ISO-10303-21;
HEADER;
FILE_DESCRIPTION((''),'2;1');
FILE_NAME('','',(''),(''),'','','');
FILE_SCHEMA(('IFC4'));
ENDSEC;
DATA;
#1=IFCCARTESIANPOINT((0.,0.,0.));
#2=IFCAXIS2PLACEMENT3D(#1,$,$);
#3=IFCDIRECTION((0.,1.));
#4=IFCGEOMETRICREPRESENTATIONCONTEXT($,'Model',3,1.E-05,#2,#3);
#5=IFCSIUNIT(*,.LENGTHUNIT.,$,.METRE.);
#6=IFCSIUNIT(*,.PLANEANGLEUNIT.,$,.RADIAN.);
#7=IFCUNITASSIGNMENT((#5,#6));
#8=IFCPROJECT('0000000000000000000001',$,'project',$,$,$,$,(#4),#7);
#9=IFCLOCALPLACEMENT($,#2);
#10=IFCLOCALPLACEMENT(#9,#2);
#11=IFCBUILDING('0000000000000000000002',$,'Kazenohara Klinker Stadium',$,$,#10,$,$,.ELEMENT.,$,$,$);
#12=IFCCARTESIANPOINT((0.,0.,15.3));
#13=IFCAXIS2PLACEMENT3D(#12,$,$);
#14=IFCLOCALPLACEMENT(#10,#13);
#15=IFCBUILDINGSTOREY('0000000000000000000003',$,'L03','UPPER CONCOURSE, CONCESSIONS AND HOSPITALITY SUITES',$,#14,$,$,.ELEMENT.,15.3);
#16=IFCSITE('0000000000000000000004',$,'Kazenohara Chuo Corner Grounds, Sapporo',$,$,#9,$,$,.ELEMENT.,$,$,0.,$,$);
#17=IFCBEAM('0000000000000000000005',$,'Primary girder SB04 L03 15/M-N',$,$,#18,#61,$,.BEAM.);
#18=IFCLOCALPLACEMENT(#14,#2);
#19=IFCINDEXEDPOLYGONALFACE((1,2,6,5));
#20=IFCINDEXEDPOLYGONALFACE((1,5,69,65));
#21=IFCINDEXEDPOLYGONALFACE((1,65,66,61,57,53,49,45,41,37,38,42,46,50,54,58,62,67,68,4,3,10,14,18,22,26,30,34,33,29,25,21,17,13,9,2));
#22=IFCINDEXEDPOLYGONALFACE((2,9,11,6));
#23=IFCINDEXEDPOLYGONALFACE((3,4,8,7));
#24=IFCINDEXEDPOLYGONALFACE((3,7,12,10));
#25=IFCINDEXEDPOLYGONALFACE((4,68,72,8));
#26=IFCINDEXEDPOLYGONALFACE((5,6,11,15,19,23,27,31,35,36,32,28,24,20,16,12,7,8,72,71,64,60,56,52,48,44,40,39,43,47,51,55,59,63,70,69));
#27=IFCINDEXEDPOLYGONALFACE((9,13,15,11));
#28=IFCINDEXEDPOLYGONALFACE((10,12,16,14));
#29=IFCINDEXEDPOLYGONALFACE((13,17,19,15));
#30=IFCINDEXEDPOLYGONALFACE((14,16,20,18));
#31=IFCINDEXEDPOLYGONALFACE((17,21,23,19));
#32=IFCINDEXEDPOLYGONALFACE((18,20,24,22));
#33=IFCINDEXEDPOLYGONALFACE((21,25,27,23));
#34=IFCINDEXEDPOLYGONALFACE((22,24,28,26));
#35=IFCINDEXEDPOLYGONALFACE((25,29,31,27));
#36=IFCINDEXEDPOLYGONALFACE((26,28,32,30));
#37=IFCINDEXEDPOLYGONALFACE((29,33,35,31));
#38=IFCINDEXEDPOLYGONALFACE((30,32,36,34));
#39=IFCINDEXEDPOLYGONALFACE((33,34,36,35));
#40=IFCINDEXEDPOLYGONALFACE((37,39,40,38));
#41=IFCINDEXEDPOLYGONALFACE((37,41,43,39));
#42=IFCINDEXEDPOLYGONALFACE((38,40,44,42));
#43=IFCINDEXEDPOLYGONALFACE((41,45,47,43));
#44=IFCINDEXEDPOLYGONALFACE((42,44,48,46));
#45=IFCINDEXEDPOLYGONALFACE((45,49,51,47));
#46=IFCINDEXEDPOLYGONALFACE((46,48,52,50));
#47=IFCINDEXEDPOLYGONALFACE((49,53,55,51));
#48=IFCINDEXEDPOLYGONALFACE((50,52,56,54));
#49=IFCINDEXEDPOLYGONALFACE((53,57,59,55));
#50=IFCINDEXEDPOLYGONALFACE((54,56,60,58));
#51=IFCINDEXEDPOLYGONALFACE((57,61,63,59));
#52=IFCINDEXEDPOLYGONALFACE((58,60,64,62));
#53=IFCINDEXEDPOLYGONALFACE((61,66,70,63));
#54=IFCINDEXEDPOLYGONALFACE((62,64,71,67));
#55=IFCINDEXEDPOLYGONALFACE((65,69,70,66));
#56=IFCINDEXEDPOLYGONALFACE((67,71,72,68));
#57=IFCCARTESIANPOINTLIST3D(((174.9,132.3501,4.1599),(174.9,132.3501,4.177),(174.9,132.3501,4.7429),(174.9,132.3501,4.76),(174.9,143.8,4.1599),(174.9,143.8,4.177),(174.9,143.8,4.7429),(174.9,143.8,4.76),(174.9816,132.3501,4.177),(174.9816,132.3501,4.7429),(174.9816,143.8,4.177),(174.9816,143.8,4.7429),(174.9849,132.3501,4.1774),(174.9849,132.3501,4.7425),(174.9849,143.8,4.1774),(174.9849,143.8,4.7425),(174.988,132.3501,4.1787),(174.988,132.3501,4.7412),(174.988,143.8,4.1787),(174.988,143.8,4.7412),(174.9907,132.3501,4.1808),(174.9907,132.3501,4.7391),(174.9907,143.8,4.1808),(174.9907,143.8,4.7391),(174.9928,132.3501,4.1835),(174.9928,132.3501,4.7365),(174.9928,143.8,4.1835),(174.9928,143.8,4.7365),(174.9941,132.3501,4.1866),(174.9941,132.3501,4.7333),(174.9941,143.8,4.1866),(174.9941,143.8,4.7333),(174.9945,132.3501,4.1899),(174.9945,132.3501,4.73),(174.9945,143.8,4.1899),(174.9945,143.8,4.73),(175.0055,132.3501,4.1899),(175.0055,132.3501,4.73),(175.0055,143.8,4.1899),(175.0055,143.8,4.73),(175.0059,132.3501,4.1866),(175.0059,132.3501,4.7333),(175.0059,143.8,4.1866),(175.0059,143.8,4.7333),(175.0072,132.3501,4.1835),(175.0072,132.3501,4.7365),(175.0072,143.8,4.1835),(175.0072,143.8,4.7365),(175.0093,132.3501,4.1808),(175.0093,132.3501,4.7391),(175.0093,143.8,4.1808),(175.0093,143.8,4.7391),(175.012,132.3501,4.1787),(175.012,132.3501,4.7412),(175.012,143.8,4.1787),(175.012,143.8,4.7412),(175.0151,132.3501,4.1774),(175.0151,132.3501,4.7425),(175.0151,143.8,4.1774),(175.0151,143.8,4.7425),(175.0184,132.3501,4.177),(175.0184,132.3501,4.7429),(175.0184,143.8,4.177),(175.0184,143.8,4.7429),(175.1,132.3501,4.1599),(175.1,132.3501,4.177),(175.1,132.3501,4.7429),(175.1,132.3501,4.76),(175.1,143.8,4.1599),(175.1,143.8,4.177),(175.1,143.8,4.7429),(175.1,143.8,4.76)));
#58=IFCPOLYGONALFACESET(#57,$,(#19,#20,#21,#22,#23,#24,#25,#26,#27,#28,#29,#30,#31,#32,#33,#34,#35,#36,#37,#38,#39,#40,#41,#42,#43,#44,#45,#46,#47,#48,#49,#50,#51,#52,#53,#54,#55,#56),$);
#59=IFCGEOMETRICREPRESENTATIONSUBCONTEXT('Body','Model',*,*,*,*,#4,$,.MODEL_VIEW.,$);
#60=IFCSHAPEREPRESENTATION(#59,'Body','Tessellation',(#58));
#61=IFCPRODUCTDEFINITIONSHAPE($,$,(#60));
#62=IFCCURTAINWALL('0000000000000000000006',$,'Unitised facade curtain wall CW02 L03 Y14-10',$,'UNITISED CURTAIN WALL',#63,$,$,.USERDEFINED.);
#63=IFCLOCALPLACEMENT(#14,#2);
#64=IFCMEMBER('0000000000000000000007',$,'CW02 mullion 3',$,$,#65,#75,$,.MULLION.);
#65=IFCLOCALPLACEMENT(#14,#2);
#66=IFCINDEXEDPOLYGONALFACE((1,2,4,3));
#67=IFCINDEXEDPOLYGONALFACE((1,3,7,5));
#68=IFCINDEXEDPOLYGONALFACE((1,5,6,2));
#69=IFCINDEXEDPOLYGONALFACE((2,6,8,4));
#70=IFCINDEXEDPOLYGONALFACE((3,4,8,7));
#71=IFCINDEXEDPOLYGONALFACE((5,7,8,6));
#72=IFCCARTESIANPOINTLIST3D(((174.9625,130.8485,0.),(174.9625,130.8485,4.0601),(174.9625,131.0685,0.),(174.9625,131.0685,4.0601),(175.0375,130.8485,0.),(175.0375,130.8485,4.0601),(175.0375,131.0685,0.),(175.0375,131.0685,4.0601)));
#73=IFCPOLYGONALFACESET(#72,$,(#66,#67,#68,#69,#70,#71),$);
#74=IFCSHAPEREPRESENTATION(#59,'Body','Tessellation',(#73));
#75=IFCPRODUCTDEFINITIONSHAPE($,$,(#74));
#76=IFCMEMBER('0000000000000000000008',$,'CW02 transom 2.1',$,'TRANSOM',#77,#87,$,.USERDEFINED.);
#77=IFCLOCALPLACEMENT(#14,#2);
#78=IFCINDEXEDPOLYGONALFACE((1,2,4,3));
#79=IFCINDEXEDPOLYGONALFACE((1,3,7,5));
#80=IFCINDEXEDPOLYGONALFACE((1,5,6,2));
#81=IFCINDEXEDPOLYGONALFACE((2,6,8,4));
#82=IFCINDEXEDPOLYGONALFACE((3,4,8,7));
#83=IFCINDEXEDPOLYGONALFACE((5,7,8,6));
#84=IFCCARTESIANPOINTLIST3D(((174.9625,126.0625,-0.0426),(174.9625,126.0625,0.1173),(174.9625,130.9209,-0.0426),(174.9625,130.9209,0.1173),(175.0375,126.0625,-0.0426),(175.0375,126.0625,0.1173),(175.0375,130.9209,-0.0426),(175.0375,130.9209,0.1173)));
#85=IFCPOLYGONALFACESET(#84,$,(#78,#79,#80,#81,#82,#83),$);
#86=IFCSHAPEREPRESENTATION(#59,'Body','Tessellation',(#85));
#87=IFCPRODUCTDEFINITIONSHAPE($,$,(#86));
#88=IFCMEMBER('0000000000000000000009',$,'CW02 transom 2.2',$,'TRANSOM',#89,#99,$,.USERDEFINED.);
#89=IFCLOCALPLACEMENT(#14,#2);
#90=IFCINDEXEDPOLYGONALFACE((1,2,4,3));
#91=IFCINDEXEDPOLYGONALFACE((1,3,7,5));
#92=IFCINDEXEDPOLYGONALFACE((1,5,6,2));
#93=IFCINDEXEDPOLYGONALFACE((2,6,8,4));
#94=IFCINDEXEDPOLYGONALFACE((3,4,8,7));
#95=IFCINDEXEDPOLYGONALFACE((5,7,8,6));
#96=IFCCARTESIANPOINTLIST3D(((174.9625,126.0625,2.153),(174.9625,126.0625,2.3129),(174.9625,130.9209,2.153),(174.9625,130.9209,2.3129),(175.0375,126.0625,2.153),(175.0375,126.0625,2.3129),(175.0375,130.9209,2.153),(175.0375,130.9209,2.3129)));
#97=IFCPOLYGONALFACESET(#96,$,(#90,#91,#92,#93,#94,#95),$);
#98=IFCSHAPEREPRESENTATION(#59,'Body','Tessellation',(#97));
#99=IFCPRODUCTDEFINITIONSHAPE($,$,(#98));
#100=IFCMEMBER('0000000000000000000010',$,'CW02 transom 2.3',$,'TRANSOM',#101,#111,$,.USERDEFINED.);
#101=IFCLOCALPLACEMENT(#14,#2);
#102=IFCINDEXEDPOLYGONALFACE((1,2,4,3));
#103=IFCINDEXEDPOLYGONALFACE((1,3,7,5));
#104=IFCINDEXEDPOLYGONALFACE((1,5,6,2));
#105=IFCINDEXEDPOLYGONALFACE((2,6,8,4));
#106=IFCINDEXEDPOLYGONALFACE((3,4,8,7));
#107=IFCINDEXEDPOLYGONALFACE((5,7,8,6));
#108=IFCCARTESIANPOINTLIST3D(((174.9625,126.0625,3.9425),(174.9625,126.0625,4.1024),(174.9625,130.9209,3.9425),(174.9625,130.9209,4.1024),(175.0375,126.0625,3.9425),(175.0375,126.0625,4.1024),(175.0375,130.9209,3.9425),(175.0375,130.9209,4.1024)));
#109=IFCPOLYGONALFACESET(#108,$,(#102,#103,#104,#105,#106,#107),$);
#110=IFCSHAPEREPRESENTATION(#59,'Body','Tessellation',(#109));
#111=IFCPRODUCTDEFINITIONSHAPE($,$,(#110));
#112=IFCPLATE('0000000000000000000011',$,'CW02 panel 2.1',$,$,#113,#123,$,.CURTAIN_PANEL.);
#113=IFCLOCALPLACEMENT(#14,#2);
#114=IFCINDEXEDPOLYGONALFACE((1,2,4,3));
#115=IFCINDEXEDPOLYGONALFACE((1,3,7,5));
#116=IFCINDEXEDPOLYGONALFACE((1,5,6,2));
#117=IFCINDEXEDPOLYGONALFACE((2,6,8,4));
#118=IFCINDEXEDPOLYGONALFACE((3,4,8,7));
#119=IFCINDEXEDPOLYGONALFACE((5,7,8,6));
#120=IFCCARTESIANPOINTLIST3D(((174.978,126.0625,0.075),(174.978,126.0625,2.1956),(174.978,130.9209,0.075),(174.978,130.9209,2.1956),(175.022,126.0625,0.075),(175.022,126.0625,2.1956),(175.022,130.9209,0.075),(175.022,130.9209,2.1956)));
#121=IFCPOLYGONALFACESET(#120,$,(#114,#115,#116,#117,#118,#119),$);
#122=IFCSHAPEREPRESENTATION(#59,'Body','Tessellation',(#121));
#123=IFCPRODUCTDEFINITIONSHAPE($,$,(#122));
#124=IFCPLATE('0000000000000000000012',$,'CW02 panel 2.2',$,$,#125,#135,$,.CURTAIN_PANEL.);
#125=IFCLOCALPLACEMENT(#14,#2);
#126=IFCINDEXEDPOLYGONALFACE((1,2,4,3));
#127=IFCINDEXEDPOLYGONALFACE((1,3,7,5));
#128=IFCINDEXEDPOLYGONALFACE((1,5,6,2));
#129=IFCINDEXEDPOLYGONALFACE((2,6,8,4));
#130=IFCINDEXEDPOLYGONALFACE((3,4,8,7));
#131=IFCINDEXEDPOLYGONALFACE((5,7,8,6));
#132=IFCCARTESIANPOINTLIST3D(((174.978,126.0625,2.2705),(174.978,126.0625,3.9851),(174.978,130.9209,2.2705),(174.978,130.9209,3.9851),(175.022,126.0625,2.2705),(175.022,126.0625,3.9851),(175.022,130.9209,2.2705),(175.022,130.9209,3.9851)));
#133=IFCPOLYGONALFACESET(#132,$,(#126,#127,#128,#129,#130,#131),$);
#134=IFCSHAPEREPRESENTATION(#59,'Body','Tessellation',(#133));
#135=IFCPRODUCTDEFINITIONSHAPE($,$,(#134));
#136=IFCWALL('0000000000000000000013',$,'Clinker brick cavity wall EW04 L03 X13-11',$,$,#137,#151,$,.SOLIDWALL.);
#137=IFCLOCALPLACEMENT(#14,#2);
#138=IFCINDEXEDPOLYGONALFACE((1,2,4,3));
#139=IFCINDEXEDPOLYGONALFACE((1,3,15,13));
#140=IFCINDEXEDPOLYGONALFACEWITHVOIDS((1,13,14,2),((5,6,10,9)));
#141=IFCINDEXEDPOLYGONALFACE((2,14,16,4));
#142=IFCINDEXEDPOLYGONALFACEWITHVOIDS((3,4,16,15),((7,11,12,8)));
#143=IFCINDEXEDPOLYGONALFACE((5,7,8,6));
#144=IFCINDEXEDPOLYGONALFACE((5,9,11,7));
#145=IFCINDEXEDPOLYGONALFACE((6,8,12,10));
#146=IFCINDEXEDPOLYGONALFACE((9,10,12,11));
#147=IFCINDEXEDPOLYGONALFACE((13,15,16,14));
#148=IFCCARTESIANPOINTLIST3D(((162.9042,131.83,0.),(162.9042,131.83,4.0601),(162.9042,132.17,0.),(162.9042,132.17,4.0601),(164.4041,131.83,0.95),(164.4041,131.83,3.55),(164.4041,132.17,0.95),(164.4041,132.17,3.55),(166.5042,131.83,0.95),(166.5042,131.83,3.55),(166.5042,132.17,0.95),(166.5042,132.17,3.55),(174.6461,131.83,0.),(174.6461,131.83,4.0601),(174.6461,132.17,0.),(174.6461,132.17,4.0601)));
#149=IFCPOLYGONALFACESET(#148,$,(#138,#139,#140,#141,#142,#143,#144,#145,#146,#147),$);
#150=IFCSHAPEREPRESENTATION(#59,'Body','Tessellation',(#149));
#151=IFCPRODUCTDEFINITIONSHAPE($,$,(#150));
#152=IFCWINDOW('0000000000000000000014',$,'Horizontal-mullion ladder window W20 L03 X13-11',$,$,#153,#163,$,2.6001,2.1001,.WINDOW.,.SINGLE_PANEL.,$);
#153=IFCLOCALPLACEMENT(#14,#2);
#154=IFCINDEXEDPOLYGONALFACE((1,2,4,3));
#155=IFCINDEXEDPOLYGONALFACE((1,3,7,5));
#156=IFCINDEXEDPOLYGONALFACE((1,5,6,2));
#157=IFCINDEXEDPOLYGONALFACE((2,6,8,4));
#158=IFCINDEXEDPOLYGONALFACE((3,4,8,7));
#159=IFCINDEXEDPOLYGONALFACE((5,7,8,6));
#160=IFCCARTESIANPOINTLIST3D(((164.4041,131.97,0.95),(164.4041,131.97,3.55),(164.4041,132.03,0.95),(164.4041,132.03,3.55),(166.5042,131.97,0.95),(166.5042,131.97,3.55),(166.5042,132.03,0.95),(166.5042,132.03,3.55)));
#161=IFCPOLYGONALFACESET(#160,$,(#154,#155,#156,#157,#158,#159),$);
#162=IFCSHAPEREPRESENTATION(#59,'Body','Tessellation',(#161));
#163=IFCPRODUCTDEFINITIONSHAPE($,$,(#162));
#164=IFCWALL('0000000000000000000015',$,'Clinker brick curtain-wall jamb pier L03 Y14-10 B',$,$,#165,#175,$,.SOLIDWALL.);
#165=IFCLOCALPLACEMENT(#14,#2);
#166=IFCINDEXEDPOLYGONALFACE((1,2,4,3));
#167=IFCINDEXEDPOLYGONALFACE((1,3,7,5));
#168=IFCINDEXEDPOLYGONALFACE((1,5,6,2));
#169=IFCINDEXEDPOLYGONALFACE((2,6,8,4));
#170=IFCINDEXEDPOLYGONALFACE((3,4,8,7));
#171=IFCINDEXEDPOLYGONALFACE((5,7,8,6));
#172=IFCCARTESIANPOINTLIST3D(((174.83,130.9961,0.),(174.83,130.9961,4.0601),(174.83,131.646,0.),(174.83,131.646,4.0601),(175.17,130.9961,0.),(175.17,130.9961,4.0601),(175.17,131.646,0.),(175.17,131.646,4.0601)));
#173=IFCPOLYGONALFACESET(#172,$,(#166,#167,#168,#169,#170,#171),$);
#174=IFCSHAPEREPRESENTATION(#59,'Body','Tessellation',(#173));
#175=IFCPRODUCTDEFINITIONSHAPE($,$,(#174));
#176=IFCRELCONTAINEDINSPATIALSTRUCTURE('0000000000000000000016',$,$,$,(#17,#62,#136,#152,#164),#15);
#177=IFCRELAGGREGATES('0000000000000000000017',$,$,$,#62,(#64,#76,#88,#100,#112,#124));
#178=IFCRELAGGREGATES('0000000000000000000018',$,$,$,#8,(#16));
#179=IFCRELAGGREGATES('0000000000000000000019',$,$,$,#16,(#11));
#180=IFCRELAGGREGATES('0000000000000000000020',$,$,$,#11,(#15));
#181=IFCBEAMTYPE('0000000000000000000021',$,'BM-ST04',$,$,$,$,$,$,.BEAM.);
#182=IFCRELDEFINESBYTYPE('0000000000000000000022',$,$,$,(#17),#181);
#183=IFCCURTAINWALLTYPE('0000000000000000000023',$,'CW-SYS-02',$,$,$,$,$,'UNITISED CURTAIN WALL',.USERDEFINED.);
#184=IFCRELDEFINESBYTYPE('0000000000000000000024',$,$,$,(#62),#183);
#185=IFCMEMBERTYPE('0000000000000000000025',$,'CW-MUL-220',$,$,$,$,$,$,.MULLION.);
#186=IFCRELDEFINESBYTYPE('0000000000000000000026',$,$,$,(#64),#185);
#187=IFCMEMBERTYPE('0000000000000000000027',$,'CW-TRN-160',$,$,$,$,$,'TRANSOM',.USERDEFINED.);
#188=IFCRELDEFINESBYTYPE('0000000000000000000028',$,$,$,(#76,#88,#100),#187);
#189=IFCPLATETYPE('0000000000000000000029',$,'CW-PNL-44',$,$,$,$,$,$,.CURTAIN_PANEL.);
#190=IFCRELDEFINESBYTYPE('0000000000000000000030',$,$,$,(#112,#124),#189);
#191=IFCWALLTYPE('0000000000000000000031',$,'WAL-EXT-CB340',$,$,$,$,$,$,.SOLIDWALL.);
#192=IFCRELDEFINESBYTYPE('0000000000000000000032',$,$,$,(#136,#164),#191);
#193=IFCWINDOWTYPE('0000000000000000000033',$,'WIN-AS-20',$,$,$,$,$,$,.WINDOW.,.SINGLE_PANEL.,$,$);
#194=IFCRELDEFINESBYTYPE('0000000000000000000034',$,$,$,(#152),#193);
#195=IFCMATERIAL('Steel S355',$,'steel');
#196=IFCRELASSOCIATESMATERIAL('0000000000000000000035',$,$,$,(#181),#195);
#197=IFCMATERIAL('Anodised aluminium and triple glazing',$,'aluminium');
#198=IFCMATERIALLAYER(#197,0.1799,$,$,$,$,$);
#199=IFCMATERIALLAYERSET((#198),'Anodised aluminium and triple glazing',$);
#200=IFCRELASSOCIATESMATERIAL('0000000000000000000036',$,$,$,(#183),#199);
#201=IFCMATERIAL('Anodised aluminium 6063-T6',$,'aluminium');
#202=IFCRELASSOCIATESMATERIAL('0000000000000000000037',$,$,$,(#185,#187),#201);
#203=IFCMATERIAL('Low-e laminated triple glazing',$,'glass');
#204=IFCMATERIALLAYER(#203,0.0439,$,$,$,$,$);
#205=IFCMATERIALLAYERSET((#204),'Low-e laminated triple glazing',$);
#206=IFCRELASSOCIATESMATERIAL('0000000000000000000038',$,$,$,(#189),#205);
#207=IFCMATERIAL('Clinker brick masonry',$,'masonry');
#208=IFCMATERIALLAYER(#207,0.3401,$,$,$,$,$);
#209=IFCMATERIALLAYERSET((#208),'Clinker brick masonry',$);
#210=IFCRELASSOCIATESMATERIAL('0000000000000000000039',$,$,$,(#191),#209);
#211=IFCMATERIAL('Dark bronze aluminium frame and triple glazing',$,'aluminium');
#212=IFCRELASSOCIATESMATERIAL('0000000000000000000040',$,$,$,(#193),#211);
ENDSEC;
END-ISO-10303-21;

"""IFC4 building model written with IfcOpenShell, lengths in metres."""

from ifc_helpers import new_model, si_unit, direction, frame, frame_2d, origin, origin_2d, place, context, subcontext, project, spatial, rectangle, i_section, extrude, material, layer, layer_set, material_profile, profile_set, type_object, element, fill, aggregate, save


model = new_model("IFC4")

# Units and contexts
model_context = context("Model", 3, precision=1e-05, world=origin(), true_north=direction((0.0, 1.0)))
body_context = subcontext(model_context, "Body", "Model", "MODEL_VIEW")
ifc_project = project(units=[si_unit("LENGTHUNIT", "METRE"), si_unit("PLANEANGLEUNIT", "RADIAN")], contexts=[model_context])

# Site, building, storey
site_placement = place(None, origin())
site = spatial("IfcSite", under=ifc_project, at=site_placement, Name="Kazenohara Chuo Corner Grounds, Sapporo", CompositionType="ELEMENT", RefElevation=0.0)
building_placement = place(site_placement, origin())
building = spatial("IfcBuilding", under=site, at=building_placement, Name="Kazenohara Klinker Stadium", CompositionType="ELEMENT")
storey_placement = place(building_placement, frame((0.0, 0.0, 15.3)))
storey = spatial("IfcBuildingStorey", under=building, at=storey_placement, Name="L03", Description="UPPER CONCOURSE, CONCESSIONS AND HOSPITALITY SUITES", CompositionType="ELEMENT", Elevation=15.3)

# Beam
ifc_material_1 = material(Name="Steel S355", Category="steel")
ifc_material_profile_1 = material_profile(ifc_material_1, i_section(OverallWidth=0.2, OverallDepth=0.6001, WebThickness=0.011, FlangeThickness=0.0171, FilletRadius=0.0129, at=origin_2d()), Name="H-600x200x11x17")
ifc_profile_set_1 = profile_set([ifc_material_profile_1], Name="Steel S355")
beam_type_1 = type_object("IfcBeamType", Name="BM-ST04", PredefinedType="BEAM", material=ifc_profile_set_1)
beam_1_placement = place(storey_placement, frame((175.0, 132.3501, 4.46), z_axis=(0.0, 1.0, 0.0), x_axis=(-1.0, 0.0, 0.0)))
element("IfcBeam", 1, at=beam_1_placement, inside=storey, type_object=beam_type_1, Name="Primary girder SB04 L03 15/M-N", PredefinedType="BEAM", context=body_context, shape_type="SweptSolid", body=[
    extrude(i_section(OverallWidth=0.2, OverallDepth=0.6001, WebThickness=0.011, FlangeThickness=0.0171, FilletRadius=0.0129, at=origin_2d()), origin(), (0.0, 0.0, 1.0), 11.45),
])

# Curtain wall, members, plates
ifc_material_2 = material(Name="Anodised aluminium and triple glazing", Category="aluminium")
ifc_layer_1 = layer(ifc_material_2, 0.1799)
ifc_layer_set_1 = layer_set([ifc_layer_1], Name="Anodised aluminium and triple glazing")
curtain_wall_type = type_object("IfcCurtainWallType", Name="CW-SYS-02", ElementType="UNITISED CURTAIN WALL", PredefinedType="USERDEFINED", material=ifc_layer_set_1)
curtain_wall_placement = place(storey_placement, origin())
curtain_wall = element("IfcCurtainWall", 2, at=curtain_wall_placement, inside=storey, type_object=curtain_wall_type, Name="Unitised facade curtain wall CW02 L03 Y14-10", ObjectType="UNITISED CURTAIN WALL", PredefinedType="USERDEFINED")
ifc_material_3 = material(Name="Anodised aluminium 6063-T6", Category="aluminium")
ifc_material_profile_2 = material_profile(ifc_material_3, rectangle(XDim=0.075, YDim=0.22, at=origin_2d()), Name="ALU-MUL-75x220")
ifc_profile_set_2 = profile_set([ifc_material_profile_2], Name="Anodised aluminium 6063-T6")
member_type_1 = type_object("IfcMemberType", Name="CW-MUL-220", PredefinedType="MULLION", material=ifc_profile_set_2)
member_1_placement = place(storey_placement, frame((175.0, 130.9585, 0.0), z_axis=(0.0, 0.0, 1.0), x_axis=(-1.0, 0.0, 0.0)))
member_1 = element("IfcMember", 3, at=member_1_placement, type_object=member_type_1, Name="CW02 mullion 3", PredefinedType="MULLION", context=body_context, shape_type="SweptSolid", body=[
    extrude(rectangle(XDim=0.075, YDim=0.22, at=origin_2d()), origin(), (0.0, 0.0, 1.0), 4.0601),
])
ifc_material_profile_3 = material_profile(ifc_material_3, rectangle(XDim=0.075, YDim=0.1599, at=origin_2d()), Name="ALU-TRN-75x160")
ifc_profile_set_3 = profile_set([ifc_material_profile_3], Name="Anodised aluminium 6063-T6")
member_type_2 = type_object("IfcMemberType", Name="CW-TRN-160", ElementType="TRANSOM", PredefinedType="USERDEFINED", material=ifc_profile_set_3)
member_2_placement = place(storey_placement, frame((175.0, 126.0625, 0.0374), z_axis=(0.0, 1.0, 0.0), x_axis=(-1.0, 0.0, 0.0)))
member_2 = element("IfcMember", 4, at=member_2_placement, type_object=member_type_2, Name="CW02 transom 2.1", ObjectType="TRANSOM", PredefinedType="USERDEFINED", context=body_context, shape_type="SweptSolid", body=[
    extrude(rectangle(XDim=0.075, YDim=0.1599, at=origin_2d()), origin(), (0.0, 0.0, 1.0), 4.8584),
])
member_3_placement = place(storey_placement, frame((175.0, 126.0625, 2.2329), z_axis=(0.0, 1.0, 0.0), x_axis=(-1.0, 0.0, 0.0)))
member_3 = element("IfcMember", 5, at=member_3_placement, type_object=member_type_2, Name="CW02 transom 2.2", ObjectType="TRANSOM", PredefinedType="USERDEFINED", context=body_context, shape_type="SweptSolid", body=[
    extrude(rectangle(XDim=0.075, YDim=0.1599, at=origin_2d()), origin(), (0.0, 0.0, 1.0), 4.8584),
])
member_4_placement = place(storey_placement, frame((175.0, 126.0625, 4.0225), z_axis=(0.0, 1.0, 0.0), x_axis=(-1.0, 0.0, 0.0)))
member_4 = element("IfcMember", 6, at=member_4_placement, type_object=member_type_2, Name="CW02 transom 2.3", ObjectType="TRANSOM", PredefinedType="USERDEFINED", context=body_context, shape_type="SweptSolid", body=[
    extrude(rectangle(XDim=0.075, YDim=0.1599, at=origin_2d()), origin(), (0.0, 0.0, 1.0), 4.8584),
])
ifc_material_4 = material(Name="Low-e laminated triple glazing", Category="glass")
ifc_layer_2 = layer(ifc_material_4, 0.0439)
ifc_layer_set_2 = layer_set([ifc_layer_2], Name="Low-e laminated triple glazing")
plate_type = type_object("IfcPlateType", Name="CW-PNL-44", PredefinedType="CURTAIN_PANEL", material=ifc_layer_set_2)
plate_1_placement = place(storey_placement, frame((175.0, 128.4917, 0.075), z_axis=(0.0, 0.0, 1.0), x_axis=(0.0, 1.0, 0.0)))
plate_1 = element("IfcPlate", 7, at=plate_1_placement, type_object=plate_type, Name="CW02 panel 2.1", PredefinedType="CURTAIN_PANEL", context=body_context, shape_type="SweptSolid", body=[
    extrude(rectangle(XDim=4.8584, YDim=0.0439, at=origin_2d()), origin(), (0.0, 0.0, 1.0), 2.1206),
])
plate_2_placement = place(storey_placement, frame((175.0, 128.4917, 2.2705), z_axis=(0.0, 0.0, 1.0), x_axis=(0.0, 1.0, 0.0)))
plate_2 = element("IfcPlate", 8, at=plate_2_placement, type_object=plate_type, Name="CW02 panel 2.2", PredefinedType="CURTAIN_PANEL", context=body_context, shape_type="SweptSolid", body=[
    extrude(rectangle(XDim=4.8584, YDim=0.0439, at=origin_2d()), origin(), (0.0, 0.0, 1.0), 1.7146),
])
aggregate(curtain_wall, [member_1, member_2, member_3, member_4, plate_1, plate_2])

# Wall, opening, window
ifc_material_5 = material(Name="Clinker brick masonry", Category="masonry")
ifc_layer_3 = layer(ifc_material_5, 0.3401)
ifc_layer_set_3 = layer_set([ifc_layer_3], Name="Clinker brick masonry")
wall_type_1 = type_object("IfcWallType", Name="WAL-EXT-CB340", PredefinedType="SOLIDWALL", material=ifc_layer_set_3)
wall_1_placement = place(storey_placement, frame((162.9041, 132.0, 0.0), z_axis=(0.0, 0.0, 1.0), x_axis=(1.0, 0.0, 0.0)))
wall_1 = element("IfcWall", 9, at=wall_1_placement, inside=storey, type_object=wall_type_1, Name="Clinker brick cavity wall EW04 L03 X13-11", PredefinedType="SOLIDWALL", context=body_context, shape_type="SweptSolid", body=[
    extrude(rectangle(XDim=11.7419, YDim=0.3401, at=frame_2d((5.8711, 0.0))), origin(), (0.0, 0.0, 1.0), 4.0601),
])
opening_1_placement = place(wall_1_placement, frame((1.5, 0.0, 0.95)))
opening_1 = element("IfcOpeningElement", 10, at=opening_1_placement, cuts=wall_1, PredefinedType="OPENING", context=body_context, shape_type="SweptSolid", body=[
    extrude(rectangle(XDim=2.1001, YDim=2.6001, at=frame_2d((1.05, 1.3))), frame((0.0, 0.1802, 0.0), z_axis=(0.0, -1.0, 0.0), x_axis=(1.0, 0.0, 0.0)), (0.0, 0.0, 1.0), 0.3601),
])
ifc_material_6 = material(Name="Dark bronze aluminium frame and triple glazing", Category="aluminium")
window_type = type_object("IfcWindowType", Name="WIN-AS-20", PartitioningType="SINGLE_PANEL", PredefinedType="WINDOW", material=ifc_material_6)
window_placement = place(opening_1_placement, origin())
window = element("IfcWindow", 11, at=window_placement, inside=storey, type_object=window_type, Name="Horizontal-mullion ladder window W20 L03 X13-11", OverallHeight=2.6001, OverallWidth=2.1001, PartitioningType="SINGLE_PANEL", PredefinedType="WINDOW", context=body_context, shape_type="SweptSolid", body=[
    extrude(rectangle(XDim=2.1001, YDim=2.6001, at=frame_2d((1.05, 1.3))), frame((0.0, 0.03, 0.0), z_axis=(0.0, -1.0, 0.0), x_axis=(1.0, 0.0, 0.0)), (0.0, 0.0, 1.0), 0.0601),
])
fill(opening_1, window)

# Wall
wall_2_placement = place(storey_placement, frame((175.0, 130.9961, 0.0), z_axis=(0.0, 0.0, 1.0), x_axis=(0.0, 1.0, 0.0)))
element("IfcWall", 12, at=wall_2_placement, inside=storey, type_object=wall_type_1, Name="Clinker brick curtain-wall jamb pier L03 Y14-10 B", PredefinedType="SOLIDWALL", context=body_context, shape_type="SweptSolid", body=[
    extrude(rectangle(XDim=0.6499, YDim=0.3401, at=frame_2d((0.325, 0.0))), origin(), (0.0, 0.0, 1.0), 4.0601),
])

save(model, "model.ifc")
